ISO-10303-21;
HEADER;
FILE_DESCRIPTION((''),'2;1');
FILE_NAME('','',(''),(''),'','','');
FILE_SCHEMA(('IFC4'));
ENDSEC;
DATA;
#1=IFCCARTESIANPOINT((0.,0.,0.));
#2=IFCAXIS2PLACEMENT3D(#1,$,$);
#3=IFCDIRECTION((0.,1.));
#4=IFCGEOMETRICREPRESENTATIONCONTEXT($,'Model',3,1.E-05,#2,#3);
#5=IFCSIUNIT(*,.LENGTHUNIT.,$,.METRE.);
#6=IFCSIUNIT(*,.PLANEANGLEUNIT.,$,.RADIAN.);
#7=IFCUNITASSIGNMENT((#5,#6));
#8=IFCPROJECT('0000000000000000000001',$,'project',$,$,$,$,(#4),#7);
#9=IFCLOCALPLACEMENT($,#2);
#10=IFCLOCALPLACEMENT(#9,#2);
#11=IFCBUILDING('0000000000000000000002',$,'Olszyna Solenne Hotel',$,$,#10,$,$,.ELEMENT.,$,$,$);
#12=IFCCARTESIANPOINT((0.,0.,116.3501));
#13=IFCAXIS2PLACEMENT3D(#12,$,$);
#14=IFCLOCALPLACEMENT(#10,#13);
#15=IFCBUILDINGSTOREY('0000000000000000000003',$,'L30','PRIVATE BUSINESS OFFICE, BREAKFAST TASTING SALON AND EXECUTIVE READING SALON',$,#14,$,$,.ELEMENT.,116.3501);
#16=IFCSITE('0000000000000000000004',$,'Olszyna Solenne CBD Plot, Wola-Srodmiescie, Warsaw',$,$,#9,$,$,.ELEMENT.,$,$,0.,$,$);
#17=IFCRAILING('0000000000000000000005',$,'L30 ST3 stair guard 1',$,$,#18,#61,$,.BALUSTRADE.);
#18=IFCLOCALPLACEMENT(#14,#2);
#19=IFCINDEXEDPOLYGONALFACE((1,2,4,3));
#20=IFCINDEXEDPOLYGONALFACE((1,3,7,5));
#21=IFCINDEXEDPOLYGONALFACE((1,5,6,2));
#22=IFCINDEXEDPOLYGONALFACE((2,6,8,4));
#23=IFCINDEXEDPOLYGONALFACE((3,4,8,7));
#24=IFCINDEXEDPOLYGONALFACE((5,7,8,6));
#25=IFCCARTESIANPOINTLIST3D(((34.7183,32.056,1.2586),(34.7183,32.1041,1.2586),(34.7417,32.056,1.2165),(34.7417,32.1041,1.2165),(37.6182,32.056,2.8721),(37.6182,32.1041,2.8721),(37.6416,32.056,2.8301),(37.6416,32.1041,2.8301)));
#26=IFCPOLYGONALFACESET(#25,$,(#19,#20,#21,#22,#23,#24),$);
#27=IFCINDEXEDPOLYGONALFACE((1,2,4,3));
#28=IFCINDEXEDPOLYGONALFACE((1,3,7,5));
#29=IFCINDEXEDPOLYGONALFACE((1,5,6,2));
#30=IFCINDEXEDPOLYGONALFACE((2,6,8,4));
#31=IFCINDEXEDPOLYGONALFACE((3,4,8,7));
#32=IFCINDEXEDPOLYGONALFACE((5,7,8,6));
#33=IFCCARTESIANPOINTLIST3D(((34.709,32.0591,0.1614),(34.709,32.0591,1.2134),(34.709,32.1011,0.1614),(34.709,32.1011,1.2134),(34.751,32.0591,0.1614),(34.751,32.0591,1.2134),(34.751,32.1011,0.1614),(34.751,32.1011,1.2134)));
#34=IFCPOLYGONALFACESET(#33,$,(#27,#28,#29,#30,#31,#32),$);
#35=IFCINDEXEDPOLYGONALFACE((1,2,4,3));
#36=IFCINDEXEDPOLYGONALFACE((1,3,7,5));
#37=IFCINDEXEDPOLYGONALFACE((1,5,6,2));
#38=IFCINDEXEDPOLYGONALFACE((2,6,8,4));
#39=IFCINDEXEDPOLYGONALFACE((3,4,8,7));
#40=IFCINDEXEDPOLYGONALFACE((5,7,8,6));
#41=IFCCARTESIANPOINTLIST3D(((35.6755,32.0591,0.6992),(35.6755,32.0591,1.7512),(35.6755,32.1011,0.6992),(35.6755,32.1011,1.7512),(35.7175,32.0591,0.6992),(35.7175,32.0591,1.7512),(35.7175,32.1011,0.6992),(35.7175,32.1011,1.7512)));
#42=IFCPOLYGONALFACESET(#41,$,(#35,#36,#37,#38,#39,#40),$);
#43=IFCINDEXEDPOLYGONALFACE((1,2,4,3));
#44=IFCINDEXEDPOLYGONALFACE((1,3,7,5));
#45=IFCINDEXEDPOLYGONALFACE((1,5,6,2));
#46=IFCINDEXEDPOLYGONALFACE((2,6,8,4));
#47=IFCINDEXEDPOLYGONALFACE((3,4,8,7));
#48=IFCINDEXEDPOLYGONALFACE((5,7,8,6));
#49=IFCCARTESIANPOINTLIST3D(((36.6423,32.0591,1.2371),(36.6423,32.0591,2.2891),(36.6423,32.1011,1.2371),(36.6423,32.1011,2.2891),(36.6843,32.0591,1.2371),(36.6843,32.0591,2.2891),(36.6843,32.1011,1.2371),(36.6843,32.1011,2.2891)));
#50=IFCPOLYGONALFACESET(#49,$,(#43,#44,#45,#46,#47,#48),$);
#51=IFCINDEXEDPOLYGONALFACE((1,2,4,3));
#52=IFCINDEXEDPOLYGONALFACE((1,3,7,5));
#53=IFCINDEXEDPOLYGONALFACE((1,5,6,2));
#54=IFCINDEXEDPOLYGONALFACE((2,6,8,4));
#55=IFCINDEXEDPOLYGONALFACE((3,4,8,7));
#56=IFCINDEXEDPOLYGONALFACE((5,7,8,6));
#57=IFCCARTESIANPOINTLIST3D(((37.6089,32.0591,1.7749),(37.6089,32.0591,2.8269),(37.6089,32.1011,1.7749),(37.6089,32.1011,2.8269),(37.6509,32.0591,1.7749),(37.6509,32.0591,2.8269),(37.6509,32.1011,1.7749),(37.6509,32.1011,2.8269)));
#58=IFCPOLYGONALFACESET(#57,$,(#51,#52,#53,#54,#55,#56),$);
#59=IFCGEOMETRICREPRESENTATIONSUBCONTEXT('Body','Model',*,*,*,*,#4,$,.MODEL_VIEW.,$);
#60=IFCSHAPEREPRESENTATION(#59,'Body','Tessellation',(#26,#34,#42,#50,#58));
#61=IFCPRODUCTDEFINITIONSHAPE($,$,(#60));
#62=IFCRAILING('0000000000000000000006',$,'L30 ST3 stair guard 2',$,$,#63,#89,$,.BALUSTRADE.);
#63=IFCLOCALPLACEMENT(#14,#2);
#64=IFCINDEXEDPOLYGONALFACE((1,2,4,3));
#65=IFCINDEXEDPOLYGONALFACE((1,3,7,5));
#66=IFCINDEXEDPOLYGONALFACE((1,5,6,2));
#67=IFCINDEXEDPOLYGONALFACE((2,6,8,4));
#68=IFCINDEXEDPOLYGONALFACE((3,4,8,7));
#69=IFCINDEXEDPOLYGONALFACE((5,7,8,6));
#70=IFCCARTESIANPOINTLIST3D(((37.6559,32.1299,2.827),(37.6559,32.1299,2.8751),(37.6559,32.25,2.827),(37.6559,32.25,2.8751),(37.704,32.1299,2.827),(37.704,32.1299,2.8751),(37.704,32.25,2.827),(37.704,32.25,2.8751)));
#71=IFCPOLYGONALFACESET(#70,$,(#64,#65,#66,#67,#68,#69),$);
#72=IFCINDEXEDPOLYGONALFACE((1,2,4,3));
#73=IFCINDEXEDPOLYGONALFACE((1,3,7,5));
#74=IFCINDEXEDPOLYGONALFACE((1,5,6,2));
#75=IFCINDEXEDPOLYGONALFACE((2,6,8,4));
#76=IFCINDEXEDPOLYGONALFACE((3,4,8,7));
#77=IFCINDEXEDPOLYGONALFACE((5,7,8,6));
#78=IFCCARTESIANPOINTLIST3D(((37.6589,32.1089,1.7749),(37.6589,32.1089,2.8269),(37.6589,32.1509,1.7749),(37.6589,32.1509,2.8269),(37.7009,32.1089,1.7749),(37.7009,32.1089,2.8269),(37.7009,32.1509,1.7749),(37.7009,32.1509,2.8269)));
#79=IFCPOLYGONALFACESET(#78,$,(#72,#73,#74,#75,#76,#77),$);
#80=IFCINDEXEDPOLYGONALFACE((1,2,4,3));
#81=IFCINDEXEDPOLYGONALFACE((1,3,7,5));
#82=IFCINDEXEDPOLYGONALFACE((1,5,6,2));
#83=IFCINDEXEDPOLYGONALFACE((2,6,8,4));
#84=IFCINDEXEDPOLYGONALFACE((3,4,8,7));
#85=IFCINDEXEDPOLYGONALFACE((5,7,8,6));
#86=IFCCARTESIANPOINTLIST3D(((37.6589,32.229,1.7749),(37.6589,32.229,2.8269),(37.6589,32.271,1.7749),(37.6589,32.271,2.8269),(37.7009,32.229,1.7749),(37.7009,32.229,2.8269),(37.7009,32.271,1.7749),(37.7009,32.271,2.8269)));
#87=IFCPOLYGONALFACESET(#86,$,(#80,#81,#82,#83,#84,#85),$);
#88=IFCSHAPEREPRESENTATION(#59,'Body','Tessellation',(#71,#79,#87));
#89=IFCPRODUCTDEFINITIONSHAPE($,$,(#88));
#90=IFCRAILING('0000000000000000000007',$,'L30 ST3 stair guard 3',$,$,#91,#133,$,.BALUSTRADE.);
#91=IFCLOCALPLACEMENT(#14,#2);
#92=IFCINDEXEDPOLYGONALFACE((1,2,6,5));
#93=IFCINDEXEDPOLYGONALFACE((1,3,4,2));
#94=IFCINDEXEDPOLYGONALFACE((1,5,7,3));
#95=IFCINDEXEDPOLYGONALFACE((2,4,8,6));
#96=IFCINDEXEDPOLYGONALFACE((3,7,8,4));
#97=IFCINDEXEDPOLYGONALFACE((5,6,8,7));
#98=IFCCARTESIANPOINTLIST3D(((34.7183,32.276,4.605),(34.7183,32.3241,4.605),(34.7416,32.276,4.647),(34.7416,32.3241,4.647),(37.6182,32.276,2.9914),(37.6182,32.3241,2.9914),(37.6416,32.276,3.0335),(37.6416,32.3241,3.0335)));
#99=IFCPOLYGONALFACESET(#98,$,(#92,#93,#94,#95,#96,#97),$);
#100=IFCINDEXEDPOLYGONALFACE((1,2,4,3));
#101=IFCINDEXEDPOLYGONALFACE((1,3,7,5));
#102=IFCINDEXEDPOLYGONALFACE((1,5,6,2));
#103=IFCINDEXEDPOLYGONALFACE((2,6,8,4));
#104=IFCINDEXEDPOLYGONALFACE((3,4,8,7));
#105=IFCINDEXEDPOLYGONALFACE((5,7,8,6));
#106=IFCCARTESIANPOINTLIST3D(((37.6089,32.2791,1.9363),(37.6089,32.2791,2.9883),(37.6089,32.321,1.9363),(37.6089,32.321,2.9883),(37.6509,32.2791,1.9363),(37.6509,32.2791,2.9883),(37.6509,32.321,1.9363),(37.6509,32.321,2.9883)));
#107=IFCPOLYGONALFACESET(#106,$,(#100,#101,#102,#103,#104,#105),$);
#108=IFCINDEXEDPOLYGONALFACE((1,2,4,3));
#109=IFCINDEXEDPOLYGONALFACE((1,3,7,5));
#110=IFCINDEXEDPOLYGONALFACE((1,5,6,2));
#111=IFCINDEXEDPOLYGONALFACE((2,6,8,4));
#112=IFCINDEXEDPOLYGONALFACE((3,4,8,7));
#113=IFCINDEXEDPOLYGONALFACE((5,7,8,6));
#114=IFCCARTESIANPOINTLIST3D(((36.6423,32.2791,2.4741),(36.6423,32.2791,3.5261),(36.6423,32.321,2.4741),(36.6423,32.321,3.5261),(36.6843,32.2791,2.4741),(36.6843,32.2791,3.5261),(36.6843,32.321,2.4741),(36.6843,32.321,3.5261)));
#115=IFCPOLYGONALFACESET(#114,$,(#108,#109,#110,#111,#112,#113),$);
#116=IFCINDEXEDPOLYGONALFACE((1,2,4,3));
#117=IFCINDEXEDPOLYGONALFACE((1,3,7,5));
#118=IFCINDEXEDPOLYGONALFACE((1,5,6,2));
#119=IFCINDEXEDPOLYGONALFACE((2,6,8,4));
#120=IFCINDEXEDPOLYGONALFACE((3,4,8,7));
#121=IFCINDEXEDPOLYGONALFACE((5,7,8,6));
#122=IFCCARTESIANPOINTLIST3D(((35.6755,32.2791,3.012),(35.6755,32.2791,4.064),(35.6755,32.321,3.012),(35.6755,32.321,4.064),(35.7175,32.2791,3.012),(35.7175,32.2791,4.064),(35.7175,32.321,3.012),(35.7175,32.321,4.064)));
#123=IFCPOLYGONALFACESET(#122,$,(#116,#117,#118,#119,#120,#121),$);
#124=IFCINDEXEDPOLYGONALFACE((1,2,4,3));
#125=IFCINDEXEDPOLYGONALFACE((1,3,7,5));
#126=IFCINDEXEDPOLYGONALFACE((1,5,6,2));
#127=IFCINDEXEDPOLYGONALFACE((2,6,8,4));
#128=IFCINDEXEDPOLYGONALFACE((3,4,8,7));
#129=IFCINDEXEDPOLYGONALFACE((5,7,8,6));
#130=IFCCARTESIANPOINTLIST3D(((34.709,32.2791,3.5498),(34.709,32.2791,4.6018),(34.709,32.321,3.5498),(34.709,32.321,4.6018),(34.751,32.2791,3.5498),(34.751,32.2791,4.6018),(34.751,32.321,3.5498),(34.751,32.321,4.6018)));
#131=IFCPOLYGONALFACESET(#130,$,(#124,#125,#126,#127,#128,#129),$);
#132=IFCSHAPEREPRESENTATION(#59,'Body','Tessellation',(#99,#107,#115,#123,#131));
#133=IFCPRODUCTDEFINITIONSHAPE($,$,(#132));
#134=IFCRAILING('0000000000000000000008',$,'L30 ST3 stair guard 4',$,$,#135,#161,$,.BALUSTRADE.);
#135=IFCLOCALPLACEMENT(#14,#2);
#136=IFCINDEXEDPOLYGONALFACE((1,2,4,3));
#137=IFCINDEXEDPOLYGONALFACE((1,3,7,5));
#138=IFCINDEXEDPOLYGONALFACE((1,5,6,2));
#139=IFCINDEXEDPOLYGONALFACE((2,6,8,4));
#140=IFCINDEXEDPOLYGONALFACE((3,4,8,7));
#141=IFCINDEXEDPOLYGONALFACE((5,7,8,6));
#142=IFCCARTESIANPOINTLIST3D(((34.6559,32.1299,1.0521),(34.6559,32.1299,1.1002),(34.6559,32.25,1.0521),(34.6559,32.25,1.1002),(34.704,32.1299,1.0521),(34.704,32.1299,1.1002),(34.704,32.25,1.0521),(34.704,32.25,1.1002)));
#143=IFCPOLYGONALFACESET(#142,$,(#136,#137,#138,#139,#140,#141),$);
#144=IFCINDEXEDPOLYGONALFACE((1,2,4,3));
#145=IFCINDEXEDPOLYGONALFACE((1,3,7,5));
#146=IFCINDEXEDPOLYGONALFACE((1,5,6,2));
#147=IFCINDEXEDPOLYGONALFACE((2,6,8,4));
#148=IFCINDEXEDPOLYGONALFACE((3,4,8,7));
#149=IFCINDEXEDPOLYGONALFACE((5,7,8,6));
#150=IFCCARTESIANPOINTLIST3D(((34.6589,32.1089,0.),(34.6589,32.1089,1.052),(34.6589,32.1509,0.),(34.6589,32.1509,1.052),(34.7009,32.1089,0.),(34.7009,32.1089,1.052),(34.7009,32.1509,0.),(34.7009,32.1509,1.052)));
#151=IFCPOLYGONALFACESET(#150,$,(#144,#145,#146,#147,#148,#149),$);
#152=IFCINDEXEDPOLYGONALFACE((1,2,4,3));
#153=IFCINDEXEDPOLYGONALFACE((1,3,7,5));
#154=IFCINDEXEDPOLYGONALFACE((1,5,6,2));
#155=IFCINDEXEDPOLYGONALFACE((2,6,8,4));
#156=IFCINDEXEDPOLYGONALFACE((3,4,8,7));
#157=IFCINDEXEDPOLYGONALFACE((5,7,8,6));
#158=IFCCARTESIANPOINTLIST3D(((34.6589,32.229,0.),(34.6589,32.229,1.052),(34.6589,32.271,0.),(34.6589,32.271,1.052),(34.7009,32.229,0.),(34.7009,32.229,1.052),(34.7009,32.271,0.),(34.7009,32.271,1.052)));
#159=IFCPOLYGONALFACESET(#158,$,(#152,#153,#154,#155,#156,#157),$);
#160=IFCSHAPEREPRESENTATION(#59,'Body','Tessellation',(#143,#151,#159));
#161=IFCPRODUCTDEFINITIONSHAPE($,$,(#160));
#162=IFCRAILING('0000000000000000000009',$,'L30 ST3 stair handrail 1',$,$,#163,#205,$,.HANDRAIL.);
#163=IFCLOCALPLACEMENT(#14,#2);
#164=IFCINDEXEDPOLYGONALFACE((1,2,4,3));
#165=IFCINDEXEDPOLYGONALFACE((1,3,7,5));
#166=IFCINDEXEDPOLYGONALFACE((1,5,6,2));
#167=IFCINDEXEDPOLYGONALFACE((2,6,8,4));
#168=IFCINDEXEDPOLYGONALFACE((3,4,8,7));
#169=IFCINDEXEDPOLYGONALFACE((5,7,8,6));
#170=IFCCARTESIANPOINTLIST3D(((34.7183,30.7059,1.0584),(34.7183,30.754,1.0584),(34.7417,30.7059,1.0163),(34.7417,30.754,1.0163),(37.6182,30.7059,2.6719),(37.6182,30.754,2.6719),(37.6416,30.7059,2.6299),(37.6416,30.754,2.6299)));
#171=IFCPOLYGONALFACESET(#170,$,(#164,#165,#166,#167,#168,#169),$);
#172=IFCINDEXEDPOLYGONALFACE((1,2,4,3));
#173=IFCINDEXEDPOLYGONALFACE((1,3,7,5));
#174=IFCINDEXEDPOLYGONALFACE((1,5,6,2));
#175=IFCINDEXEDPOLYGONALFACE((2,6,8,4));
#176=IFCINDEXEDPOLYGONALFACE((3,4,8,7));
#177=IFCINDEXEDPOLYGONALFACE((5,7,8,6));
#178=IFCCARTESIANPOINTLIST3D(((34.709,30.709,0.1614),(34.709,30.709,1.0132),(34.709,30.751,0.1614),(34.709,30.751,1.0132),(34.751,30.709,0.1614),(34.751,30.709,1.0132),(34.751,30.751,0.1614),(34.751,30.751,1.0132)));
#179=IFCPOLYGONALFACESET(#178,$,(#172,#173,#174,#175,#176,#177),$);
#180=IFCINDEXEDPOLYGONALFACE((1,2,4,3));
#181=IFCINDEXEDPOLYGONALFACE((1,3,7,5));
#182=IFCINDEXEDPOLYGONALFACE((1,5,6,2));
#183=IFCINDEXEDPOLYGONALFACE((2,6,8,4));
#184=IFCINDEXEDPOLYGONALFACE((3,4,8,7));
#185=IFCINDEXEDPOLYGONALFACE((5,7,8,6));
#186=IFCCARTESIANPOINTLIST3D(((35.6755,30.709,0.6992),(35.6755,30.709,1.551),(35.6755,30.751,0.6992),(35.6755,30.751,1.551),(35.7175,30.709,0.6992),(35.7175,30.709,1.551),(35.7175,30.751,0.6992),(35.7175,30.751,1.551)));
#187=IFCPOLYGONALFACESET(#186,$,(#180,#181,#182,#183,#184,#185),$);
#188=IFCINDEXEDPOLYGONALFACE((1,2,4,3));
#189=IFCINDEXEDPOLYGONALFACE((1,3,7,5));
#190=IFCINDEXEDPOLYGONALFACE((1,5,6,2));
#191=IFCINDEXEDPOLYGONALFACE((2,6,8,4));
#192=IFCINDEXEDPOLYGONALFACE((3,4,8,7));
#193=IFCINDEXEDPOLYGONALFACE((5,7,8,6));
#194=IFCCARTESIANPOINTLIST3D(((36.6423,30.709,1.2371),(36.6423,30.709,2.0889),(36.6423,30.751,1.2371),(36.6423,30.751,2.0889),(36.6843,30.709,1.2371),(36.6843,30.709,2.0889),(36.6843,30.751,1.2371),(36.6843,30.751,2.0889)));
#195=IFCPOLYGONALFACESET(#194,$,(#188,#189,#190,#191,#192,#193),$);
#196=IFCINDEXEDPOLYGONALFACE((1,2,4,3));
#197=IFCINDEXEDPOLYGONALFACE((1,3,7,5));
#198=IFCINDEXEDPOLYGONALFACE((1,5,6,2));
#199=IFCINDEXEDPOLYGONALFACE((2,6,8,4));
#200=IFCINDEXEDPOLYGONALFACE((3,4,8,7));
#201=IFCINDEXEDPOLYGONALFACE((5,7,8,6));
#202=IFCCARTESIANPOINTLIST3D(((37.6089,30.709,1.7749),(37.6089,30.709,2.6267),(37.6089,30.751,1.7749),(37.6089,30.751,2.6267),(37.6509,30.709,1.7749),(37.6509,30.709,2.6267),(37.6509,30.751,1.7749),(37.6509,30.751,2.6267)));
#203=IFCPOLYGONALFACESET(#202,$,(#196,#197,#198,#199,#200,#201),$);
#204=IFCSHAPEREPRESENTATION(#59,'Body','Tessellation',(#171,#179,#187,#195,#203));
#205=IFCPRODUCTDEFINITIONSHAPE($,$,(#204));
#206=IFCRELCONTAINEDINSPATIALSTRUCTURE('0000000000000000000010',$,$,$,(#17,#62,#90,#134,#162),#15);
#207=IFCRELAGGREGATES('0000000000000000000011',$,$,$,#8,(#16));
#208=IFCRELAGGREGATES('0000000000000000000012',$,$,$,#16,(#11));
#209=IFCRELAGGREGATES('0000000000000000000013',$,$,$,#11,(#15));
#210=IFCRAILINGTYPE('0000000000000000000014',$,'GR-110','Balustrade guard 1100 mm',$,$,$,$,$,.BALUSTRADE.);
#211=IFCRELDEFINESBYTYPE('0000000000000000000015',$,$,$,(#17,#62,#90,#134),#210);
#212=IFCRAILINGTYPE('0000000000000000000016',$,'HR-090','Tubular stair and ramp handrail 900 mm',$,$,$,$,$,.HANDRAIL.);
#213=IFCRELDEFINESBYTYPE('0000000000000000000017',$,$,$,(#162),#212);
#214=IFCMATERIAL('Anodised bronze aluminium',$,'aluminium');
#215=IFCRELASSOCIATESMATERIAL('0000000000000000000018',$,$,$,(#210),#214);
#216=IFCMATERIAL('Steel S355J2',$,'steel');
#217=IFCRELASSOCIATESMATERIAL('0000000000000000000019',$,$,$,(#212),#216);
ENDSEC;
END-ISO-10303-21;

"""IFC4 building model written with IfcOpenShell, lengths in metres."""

from ifc_helpers import new_model, si_unit, direction, frame, origin, origin_2d, place, context, subcontext, project, spatial, rectangle, extrude, material, type_object, element, save


model = new_model("IFC4")

# Units and contexts
model_context = context("Model", 3, precision=1e-05, world=origin(), true_north=direction((0.0, 1.0)))
body_context = subcontext(model_context, "Body", "Model", "MODEL_VIEW")
ifc_project = project(units=[si_unit("LENGTHUNIT", "METRE"), si_unit("PLANEANGLEUNIT", "RADIAN")], contexts=[model_context])

# Site, building, storey
site_placement = place(None, origin())
site = spatial("IfcSite", under=ifc_project, at=site_placement, Name="Olszyna Solenne CBD Plot, Wola-Srodmiescie, Warsaw", CompositionType="ELEMENT", RefElevation=0.0)
building_placement = place(site_placement, origin())
building = spatial("IfcBuilding", under=site, at=building_placement, Name="Olszyna Solenne Hotel", CompositionType="ELEMENT")
storey_placement = place(building_placement, frame((0.0, 0.0, 116.3501)))
storey = spatial("IfcBuildingStorey", under=building, at=storey_placement, Name="L30", Description="PRIVATE BUSINESS OFFICE, BREAKFAST TASTING SALON AND EXECUTIVE READING SALON", CompositionType="ELEMENT", Elevation=116.3501)

# Shared definitions
ifc_material_1 = material(Name="Anodised bronze aluminium", Category="aluminium")

# Shared definitions
ifc_material_2 = material(Name="Steel S355J2", Category="steel")

# Railings
railing_type_1 = type_object("IfcRailingType", Name="GR-110", Description="Balustrade guard 1100 mm", PredefinedType="BALUSTRADE", material=ifc_material_1)
railing_1_placement = place(storey_placement, frame((34.73, 32.0801, 0.1614)))
element("IfcRailing", 1, at=railing_1_placement, inside=storey, type_object=railing_type_1, Name="L30 ST3 stair guard 1", PredefinedType="BALUSTRADE", context=body_context, shape_type="SweptSolid", body=[
    extrude(rectangle(XDim=0.0481, YDim=0.0481, at=origin_2d()), frame((0.0, 0.0, 1.0762), z_axis=(0.873841, 0.0, 0.486211), x_axis=(0.0, 1.0, 0.0)), (0.0, 0.0, 1.0), 3.3186),
    extrude(rectangle(XDim=0.042, YDim=0.042, at=origin_2d()), origin(), (0.0, 0.0, 1.0), 1.052),
    extrude(rectangle(XDim=0.042, YDim=0.042, at=origin_2d()), frame((0.9666, 0.0, 0.5378)), (0.0, 0.0, 1.0), 1.052),
    extrude(rectangle(XDim=0.042, YDim=0.042, at=origin_2d()), frame((1.9333, 0.0, 1.0757)), (0.0, 0.0, 1.0), 1.052),
    extrude(rectangle(XDim=0.042, YDim=0.042, at=origin_2d()), frame((2.8999, 0.0, 1.6135)), (0.0, 0.0, 1.0), 1.052),
])
railing_2_placement = place(storey_placement, frame((37.6799, 32.1299, 1.7749)))
element("IfcRailing", 2, at=railing_2_placement, inside=storey, type_object=railing_type_1, Name="L30 ST3 stair guard 2", PredefinedType="BALUSTRADE", context=body_context, shape_type="SweptSolid", body=[
    extrude(rectangle(XDim=0.0481, YDim=0.0481, at=origin_2d()), frame((0.0, 0.0, 1.0762), z_axis=(0.0, 1.0, 0.0), x_axis=(-1.0, 0.0, 0.0)), (0.0, 0.0, 1.0), 0.1201),
    extrude(rectangle(XDim=0.042, YDim=0.042, at=origin_2d()), origin(), (0.0, 0.0, 1.0), 1.052),
    extrude(rectangle(XDim=0.042, YDim=0.042, at=origin_2d()), frame((0.0, 0.1201, 0.0)), (0.0, 0.0, 1.0), 1.052),
])
railing_3_placement = place(storey_placement, frame((37.6299, 32.3, 1.9363)))
element("IfcRailing", 3, at=railing_3_placement, inside=storey, type_object=railing_type_1, Name="L30 ST3 stair guard 3", PredefinedType="BALUSTRADE", context=body_context, shape_type="SweptSolid", body=[
    extrude(rectangle(XDim=0.0481, YDim=0.0481, at=origin_2d()), frame((0.0, 0.0, 1.0762), z_axis=(-0.873841, 0.0, 0.486211), x_axis=(0.0, -1.0, 0.0)), (0.0, 0.0, 1.0), 3.3186),
    extrude(rectangle(XDim=0.042, YDim=0.042, at=origin_2d()), origin(), (0.0, 0.0, 1.0), 1.052),
    extrude(rectangle(XDim=0.042, YDim=0.042, at=origin_2d()), frame((-0.9666, 0.0, 0.5378)), (0.0, 0.0, 1.0), 1.052),
    extrude(rectangle(XDim=0.042, YDim=0.042, at=origin_2d()), frame((-1.9333, 0.0, 1.0757)), (0.0, 0.0, 1.0), 1.052),
    extrude(rectangle(XDim=0.042, YDim=0.042, at=origin_2d()), frame((-2.8999, 0.0, 1.6135)), (0.0, 0.0, 1.0), 1.052),
])
railing_4_placement = place(storey_placement, frame((34.6799, 32.1299, 0.0)))
element("IfcRailing", 4, at=railing_4_placement, inside=storey, type_object=railing_type_1, Name="L30 ST3 stair guard 4", PredefinedType="BALUSTRADE", context=body_context, shape_type="SweptSolid", body=[
    extrude(rectangle(XDim=0.0481, YDim=0.0481, at=origin_2d()), frame((0.0, 0.0, 1.0762), z_axis=(0.0, 1.0, 0.0), x_axis=(-1.0, 0.0, 0.0)), (0.0, 0.0, 1.0), 0.1201),
    extrude(rectangle(XDim=0.042, YDim=0.042, at=origin_2d()), origin(), (0.0, 0.0, 1.0), 1.052),
    extrude(rectangle(XDim=0.042, YDim=0.042, at=origin_2d()), frame((0.0, 0.1201, 0.0)), (0.0, 0.0, 1.0), 1.052),
])
railing_type_2 = type_object("IfcRailingType", Name="HR-090", Description="Tubular stair and ramp handrail 900 mm", PredefinedType="HANDRAIL", material=ifc_material_2)
railing_5_placement = place(storey_placement, frame((34.73, 30.73, 0.1614)))
element("IfcRailing", 5, at=railing_5_placement, inside=storey, type_object=railing_type_2, Name="L30 ST3 stair handrail 1", PredefinedType="HANDRAIL", context=body_context, shape_type="SweptSolid", body=[
    extrude(rectangle(XDim=0.0481, YDim=0.0481, at=origin_2d()), frame((0.0, 0.0, 0.876), z_axis=(0.873841, 0.0, 0.486211), x_axis=(0.0, 1.0, 0.0)), (0.0, 0.0, 1.0), 3.3186),
    extrude(rectangle(XDim=0.042, YDim=0.042, at=origin_2d()), origin(), (0.0, 0.0, 1.0), 0.8518),
    extrude(rectangle(XDim=0.042, YDim=0.042, at=origin_2d()), frame((0.9666, 0.0, 0.5378)), (0.0, 0.0, 1.0), 0.8518),
    extrude(rectangle(XDim=0.042, YDim=0.042, at=origin_2d()), frame((1.9333, 0.0, 1.0757)), (0.0, 0.0, 1.0), 0.8518),
    extrude(rectangle(XDim=0.042, YDim=0.042, at=origin_2d()), frame((2.8999, 0.0, 1.6135)), (0.0, 0.0, 1.0), 0.8518),
])

save(model, "model.ifc")
